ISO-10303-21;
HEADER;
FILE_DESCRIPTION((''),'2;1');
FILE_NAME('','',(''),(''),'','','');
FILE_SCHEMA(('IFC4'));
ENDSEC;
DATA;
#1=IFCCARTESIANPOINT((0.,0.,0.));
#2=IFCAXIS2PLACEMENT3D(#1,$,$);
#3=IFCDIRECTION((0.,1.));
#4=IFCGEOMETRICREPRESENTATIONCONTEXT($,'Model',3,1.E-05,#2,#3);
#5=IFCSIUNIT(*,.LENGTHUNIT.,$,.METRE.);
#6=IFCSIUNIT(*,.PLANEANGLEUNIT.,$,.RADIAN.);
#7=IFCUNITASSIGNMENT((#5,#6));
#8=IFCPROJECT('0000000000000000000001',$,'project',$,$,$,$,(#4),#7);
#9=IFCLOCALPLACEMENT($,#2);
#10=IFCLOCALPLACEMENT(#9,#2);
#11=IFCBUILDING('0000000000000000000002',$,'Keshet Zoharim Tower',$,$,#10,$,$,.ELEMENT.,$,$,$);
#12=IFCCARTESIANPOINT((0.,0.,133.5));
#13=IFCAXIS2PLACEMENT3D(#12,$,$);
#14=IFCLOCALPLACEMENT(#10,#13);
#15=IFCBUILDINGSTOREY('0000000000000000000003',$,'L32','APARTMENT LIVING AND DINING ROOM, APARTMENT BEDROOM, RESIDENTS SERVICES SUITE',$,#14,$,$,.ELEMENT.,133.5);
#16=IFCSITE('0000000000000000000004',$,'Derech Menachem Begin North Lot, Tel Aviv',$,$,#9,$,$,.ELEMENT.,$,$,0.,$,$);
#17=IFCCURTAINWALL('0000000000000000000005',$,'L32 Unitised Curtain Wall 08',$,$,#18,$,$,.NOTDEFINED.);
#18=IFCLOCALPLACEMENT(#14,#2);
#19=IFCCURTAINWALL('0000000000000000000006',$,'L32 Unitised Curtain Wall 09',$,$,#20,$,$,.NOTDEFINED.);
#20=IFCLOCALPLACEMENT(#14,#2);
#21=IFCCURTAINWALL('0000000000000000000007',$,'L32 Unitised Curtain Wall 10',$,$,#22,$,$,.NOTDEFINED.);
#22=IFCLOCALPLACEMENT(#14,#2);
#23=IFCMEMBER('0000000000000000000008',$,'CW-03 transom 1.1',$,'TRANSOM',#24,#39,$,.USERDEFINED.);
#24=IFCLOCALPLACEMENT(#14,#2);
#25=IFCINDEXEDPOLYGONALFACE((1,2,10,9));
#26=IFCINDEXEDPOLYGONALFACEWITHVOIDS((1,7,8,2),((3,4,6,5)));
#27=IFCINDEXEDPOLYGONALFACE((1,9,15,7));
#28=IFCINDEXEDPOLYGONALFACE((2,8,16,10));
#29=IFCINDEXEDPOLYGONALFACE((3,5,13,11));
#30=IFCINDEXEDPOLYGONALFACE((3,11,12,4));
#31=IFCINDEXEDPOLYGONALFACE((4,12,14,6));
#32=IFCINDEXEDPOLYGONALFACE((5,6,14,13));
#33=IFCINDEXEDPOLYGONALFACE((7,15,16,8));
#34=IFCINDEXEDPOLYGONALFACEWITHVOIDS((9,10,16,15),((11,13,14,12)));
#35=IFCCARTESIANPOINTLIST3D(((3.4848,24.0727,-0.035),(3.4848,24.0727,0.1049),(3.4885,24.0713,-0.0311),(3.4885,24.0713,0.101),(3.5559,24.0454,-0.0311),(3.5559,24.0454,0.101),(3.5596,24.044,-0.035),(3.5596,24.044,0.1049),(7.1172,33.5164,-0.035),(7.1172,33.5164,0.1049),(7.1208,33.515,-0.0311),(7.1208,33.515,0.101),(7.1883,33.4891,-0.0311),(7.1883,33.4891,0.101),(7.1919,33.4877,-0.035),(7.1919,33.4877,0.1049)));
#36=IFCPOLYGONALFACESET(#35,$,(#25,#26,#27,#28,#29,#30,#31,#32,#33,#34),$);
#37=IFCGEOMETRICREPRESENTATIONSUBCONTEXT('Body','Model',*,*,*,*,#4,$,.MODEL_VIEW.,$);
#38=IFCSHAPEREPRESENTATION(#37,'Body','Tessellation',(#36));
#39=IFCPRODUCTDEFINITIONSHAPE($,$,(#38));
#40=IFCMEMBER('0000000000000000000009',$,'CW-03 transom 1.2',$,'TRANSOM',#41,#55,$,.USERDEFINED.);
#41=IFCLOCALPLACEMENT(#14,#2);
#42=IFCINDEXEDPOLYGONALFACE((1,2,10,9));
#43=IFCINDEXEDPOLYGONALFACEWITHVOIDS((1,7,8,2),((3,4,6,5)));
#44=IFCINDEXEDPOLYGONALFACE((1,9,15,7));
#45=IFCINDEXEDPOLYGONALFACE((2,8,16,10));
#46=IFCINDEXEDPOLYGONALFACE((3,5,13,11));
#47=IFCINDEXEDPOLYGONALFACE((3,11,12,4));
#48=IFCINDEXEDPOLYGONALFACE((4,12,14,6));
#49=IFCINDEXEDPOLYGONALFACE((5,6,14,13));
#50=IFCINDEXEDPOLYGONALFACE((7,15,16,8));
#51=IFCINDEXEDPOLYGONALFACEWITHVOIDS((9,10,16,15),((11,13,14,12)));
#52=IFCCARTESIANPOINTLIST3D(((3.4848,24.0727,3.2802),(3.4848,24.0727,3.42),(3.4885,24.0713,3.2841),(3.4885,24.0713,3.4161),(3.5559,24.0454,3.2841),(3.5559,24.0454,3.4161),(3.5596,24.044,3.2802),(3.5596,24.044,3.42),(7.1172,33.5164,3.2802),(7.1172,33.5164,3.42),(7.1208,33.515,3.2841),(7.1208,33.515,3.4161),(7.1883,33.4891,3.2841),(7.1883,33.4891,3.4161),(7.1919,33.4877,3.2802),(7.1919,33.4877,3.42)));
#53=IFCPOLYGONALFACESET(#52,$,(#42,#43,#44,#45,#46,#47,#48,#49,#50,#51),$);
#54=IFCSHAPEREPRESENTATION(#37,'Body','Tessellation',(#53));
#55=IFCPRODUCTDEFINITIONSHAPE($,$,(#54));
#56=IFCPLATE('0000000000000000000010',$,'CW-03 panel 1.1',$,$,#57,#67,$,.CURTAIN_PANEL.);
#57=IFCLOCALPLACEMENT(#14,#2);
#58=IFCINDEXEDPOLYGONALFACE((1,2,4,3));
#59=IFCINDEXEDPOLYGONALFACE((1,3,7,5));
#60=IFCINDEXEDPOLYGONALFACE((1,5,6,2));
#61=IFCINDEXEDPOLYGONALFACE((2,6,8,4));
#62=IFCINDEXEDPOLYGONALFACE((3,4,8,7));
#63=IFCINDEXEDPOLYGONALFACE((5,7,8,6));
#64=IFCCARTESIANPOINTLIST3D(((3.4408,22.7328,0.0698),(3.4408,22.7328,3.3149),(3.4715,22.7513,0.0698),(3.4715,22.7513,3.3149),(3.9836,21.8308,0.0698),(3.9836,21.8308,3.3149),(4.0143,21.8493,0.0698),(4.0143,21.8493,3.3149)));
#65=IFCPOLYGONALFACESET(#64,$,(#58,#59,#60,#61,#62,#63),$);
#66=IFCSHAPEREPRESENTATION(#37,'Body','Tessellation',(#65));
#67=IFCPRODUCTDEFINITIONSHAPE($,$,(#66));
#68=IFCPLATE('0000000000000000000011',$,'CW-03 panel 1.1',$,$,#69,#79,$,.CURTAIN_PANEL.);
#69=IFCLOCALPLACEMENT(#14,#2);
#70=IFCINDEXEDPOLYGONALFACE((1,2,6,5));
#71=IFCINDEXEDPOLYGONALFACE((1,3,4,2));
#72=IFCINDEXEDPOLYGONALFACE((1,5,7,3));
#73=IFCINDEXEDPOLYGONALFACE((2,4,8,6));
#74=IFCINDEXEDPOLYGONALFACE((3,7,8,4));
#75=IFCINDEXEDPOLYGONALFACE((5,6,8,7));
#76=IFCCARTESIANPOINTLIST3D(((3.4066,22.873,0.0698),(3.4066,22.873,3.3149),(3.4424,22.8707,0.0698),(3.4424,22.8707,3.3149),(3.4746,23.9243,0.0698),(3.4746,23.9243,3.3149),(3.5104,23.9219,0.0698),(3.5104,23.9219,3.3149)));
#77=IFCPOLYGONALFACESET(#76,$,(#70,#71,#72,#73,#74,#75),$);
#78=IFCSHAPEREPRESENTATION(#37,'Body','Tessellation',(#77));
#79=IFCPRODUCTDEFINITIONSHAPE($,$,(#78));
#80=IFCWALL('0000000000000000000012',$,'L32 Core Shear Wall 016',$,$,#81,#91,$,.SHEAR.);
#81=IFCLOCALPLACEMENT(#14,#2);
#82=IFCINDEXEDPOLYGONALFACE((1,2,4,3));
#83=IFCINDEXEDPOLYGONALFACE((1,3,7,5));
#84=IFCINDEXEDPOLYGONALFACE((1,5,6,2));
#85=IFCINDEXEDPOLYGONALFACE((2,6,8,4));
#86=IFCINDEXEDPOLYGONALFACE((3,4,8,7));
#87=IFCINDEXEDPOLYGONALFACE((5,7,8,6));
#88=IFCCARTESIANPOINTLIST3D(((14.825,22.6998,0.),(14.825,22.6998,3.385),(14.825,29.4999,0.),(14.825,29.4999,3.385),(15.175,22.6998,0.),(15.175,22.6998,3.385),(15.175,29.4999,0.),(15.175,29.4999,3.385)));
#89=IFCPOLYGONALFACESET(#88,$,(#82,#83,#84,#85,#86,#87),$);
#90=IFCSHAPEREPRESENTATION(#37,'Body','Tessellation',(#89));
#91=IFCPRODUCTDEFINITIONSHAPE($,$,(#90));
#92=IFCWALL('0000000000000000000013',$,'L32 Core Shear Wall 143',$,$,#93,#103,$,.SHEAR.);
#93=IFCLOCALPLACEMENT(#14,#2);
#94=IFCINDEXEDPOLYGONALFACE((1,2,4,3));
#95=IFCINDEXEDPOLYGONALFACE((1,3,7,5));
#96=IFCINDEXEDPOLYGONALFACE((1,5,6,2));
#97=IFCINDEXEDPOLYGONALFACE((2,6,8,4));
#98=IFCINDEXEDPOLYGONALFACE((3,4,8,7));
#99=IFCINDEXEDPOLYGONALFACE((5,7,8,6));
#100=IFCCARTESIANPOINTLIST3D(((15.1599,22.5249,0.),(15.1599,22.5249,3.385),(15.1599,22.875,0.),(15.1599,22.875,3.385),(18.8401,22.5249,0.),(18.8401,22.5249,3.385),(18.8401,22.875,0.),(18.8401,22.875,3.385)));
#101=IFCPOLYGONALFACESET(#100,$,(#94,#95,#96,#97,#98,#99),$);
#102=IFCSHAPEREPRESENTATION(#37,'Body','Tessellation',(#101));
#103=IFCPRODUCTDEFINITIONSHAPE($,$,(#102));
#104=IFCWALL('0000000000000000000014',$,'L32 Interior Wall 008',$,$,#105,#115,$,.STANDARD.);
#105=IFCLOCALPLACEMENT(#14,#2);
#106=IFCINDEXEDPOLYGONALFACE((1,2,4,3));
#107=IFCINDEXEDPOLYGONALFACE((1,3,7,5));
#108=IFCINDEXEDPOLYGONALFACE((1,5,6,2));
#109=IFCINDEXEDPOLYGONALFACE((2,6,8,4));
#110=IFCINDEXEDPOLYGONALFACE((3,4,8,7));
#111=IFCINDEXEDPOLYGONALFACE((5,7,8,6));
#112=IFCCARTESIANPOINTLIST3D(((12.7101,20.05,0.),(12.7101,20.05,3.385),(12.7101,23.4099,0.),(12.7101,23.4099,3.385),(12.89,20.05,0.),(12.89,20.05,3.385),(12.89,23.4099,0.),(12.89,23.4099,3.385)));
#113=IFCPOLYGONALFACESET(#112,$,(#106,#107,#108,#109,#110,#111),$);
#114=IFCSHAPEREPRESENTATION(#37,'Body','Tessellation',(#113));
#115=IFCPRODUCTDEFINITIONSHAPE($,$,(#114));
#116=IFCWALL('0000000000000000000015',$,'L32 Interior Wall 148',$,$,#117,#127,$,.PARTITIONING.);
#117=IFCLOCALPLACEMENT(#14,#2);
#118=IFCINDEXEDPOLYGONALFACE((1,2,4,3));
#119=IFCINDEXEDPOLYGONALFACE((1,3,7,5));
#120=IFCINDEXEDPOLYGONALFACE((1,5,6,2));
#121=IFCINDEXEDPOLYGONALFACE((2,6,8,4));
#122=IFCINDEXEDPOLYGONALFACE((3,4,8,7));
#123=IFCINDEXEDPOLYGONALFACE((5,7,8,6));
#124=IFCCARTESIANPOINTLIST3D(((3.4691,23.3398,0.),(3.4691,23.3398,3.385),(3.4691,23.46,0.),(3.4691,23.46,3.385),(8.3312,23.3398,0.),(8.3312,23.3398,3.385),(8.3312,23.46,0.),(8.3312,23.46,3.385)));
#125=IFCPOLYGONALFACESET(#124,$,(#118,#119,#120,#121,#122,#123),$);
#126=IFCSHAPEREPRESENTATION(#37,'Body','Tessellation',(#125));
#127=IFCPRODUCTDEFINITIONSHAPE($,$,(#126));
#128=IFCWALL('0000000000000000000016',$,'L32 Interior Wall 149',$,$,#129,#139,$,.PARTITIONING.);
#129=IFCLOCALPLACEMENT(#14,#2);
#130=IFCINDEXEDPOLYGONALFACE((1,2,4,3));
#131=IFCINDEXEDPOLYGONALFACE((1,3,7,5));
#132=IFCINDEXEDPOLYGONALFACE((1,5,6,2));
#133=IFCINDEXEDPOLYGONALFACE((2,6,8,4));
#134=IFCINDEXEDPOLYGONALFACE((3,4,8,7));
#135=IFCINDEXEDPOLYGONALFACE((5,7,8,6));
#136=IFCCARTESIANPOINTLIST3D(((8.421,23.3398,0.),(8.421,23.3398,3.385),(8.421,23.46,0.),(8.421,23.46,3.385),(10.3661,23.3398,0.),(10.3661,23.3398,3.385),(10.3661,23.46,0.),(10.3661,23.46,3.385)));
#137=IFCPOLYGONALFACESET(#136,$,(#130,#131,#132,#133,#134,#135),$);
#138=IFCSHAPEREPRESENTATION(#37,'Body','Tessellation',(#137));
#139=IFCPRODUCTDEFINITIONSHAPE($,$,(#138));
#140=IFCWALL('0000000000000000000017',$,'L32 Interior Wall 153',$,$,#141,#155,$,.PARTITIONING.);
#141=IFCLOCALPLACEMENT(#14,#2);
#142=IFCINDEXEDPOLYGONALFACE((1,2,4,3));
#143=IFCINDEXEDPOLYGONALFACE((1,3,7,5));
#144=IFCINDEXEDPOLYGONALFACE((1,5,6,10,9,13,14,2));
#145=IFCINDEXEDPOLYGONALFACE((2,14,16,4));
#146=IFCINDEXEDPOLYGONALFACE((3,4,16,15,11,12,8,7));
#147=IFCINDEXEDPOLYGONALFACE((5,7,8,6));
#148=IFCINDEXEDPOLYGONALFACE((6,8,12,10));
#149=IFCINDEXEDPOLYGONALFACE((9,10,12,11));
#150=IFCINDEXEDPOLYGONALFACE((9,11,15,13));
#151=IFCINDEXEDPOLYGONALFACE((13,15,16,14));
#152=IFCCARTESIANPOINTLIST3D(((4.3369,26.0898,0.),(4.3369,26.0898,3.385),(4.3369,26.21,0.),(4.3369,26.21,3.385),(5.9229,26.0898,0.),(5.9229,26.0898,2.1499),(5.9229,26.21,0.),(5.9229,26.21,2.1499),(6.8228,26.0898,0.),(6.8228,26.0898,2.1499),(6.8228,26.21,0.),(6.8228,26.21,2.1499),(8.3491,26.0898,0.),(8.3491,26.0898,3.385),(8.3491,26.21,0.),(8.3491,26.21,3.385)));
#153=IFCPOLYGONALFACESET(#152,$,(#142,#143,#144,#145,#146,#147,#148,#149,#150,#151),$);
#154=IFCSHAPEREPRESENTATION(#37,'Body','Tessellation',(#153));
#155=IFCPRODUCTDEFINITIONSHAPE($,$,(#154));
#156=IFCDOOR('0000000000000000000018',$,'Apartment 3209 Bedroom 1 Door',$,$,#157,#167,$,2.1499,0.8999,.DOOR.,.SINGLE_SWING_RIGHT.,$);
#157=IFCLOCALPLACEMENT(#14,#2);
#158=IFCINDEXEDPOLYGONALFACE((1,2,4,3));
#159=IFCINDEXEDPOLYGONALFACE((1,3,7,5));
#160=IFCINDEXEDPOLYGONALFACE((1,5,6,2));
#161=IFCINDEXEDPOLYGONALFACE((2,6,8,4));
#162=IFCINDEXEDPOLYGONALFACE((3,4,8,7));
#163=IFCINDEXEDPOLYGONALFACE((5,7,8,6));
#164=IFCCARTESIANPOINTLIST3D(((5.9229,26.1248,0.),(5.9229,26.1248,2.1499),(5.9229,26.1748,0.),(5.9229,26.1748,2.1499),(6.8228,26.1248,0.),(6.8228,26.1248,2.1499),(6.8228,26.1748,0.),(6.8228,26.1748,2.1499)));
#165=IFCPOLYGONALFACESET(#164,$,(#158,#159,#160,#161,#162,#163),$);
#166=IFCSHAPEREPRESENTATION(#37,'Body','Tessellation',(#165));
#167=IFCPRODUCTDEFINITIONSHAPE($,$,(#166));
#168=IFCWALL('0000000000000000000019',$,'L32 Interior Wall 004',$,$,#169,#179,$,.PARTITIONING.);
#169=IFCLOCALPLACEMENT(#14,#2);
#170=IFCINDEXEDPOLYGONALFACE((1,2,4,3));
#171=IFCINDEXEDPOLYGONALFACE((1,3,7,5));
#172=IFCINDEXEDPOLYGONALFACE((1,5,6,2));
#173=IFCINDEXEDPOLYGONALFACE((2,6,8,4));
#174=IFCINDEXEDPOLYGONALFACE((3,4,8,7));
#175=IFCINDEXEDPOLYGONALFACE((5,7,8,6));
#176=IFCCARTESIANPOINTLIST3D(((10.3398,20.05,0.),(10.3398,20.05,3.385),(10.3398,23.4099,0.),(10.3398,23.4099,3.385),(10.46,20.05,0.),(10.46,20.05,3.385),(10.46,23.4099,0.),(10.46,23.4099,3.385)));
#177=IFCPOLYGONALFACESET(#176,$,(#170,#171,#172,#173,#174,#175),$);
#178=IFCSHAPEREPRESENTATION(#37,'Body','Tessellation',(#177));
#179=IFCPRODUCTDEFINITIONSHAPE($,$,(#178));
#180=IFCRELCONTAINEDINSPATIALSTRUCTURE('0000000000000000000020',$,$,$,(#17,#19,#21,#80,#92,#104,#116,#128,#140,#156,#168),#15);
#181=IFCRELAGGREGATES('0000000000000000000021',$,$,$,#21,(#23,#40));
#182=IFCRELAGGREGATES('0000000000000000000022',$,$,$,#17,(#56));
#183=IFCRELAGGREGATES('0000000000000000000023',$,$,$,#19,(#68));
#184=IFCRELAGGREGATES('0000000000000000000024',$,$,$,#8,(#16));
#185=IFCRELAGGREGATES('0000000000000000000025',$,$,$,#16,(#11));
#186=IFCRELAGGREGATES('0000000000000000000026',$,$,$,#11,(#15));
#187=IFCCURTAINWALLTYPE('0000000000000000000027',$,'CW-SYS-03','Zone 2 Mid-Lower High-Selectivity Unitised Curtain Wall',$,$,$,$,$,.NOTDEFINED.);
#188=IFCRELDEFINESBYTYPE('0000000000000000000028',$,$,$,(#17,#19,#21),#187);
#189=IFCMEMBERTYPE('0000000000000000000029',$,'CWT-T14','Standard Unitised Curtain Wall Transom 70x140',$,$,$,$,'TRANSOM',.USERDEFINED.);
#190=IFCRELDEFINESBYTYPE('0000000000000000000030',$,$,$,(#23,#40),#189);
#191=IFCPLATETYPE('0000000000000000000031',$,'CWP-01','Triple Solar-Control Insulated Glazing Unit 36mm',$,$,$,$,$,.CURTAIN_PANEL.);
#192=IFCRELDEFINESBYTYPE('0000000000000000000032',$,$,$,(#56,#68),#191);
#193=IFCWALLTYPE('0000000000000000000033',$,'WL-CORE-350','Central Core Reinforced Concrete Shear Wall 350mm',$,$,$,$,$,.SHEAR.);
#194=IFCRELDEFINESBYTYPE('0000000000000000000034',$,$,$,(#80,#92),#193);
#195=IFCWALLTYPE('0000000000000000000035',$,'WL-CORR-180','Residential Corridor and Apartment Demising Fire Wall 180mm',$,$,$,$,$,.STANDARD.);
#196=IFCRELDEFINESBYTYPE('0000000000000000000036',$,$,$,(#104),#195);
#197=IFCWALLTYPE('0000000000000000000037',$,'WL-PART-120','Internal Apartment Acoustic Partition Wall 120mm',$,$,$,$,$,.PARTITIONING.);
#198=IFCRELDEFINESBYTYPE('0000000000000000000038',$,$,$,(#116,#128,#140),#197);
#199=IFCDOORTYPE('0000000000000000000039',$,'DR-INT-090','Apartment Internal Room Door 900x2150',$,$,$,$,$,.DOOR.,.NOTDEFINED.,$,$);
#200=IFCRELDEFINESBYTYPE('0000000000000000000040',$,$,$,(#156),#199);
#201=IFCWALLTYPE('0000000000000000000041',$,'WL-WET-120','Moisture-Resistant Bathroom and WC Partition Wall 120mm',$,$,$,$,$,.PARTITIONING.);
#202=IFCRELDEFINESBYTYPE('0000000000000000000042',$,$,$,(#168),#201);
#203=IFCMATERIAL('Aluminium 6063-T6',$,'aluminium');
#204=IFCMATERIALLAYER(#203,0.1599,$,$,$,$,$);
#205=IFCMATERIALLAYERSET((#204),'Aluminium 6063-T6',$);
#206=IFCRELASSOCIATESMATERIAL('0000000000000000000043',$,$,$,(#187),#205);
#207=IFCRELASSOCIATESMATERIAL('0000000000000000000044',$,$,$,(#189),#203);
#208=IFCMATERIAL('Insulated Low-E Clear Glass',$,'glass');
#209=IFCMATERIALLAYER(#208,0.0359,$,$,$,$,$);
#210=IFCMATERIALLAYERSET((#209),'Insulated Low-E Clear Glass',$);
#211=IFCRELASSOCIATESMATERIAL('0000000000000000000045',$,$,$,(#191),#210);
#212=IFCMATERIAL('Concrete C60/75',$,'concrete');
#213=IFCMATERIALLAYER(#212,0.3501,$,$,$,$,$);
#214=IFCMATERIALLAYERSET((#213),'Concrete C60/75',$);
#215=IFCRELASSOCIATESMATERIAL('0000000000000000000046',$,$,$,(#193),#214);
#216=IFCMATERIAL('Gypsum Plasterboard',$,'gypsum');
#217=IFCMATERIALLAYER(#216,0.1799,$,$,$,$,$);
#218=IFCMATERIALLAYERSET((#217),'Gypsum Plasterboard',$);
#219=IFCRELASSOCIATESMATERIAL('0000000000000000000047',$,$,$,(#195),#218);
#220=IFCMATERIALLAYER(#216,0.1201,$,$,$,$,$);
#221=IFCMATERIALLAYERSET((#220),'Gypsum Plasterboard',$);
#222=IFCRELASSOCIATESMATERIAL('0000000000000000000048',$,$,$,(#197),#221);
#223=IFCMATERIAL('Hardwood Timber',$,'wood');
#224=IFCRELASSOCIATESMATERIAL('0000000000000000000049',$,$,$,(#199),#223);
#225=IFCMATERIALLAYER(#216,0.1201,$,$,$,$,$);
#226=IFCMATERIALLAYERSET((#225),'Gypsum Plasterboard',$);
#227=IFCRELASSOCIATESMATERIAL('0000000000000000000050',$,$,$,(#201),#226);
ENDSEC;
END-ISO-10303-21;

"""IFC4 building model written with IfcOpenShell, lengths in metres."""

from ifc_helpers import new_model, si_unit, direction, frame, frame_2d, origin, origin_2d, place, context, subcontext, project, spatial, rectangle, hollow_rectangle, extrude, material, layer, layer_set, material_profile, profile_set, type_object, element, fill, aggregate, save


model = new_model("IFC4")

# Units and contexts
model_context = context("Model", 3, precision=1e-05, world=origin(), true_north=direction((0.0, 1.0)))
body_context = subcontext(model_context, "Body", "Model", "MODEL_VIEW")
ifc_project = project(units=[si_unit("LENGTHUNIT", "METRE"), si_unit("PLANEANGLEUNIT", "RADIAN")], contexts=[model_context])

# Site, building, storey
site_placement = place(None, origin())
site = spatial("IfcSite", under=ifc_project, at=site_placement, Name="Derech Menachem Begin North Lot, Tel Aviv", CompositionType="ELEMENT", RefElevation=0.0)
building_placement = place(site_placement, origin())
building = spatial("IfcBuilding", under=site, at=building_placement, Name="Keshet Zoharim Tower", CompositionType="ELEMENT")
storey_placement = place(building_placement, frame((0.0, 0.0, 133.5)))
storey = spatial("IfcBuildingStorey", under=building, at=storey_placement, Name="L32", Description="APARTMENT LIVING AND DINING ROOM, APARTMENT BEDROOM, RESIDENTS SERVICES SUITE", CompositionType="ELEMENT", Elevation=133.5)

# Shared definitions
ifc_material_1 = material(Name="Concrete C60/75", Category="concrete")

# Shared definitions
ifc_material_2 = material(Name="Aluminium 6063-T6", Category="aluminium")
ifc_layer_1 = layer(ifc_material_2, 0.1599)
ifc_layer_set_1 = layer_set([ifc_layer_1], Name="Aluminium 6063-T6")
curtain_wall_type = type_object("IfcCurtainWallType", Name="CW-SYS-03", Description="Zone 2 Mid-Lower High-Selectivity Unitised Curtain Wall", PredefinedType="NOTDEFINED", material=ifc_layer_set_1)

# Curtain walls
curtain_wall_1_placement = place(storey_placement, origin())
curtain_wall_1 = element("IfcCurtainWall", 1, at=curtain_wall_1_placement, inside=storey, type_object=curtain_wall_type, Name="L32 Unitised Curtain Wall 08", PredefinedType="NOTDEFINED")
curtain_wall_2_placement = place(storey_placement, origin())
curtain_wall_2 = element("IfcCurtainWall", 2, at=curtain_wall_2_placement, inside=storey, type_object=curtain_wall_type, Name="L32 Unitised Curtain Wall 09", PredefinedType="NOTDEFINED")

# Curtain wall
curtain_wall_3_placement = place(storey_placement, origin())
curtain_wall_3 = element("IfcCurtainWall", 3, at=curtain_wall_3_placement, inside=storey, type_object=curtain_wall_type, Name="L32 Unitised Curtain Wall 10", PredefinedType="NOTDEFINED")

# Members
ifc_material_profile_1 = material_profile(ifc_material_2, hollow_rectangle(XDim=0.0801, YDim=0.1399, WallThickness=0.0039, at=origin_2d()), Name="TRN-80x140")
ifc_profile_set_1 = profile_set([ifc_material_profile_1], Name="Aluminium 6063-T6")
member_type_1 = type_object("IfcMemberType", Name="CWT-T14", Description="Standard Unitised Curtain Wall Transom 70x140", ElementType="TRANSOM", PredefinedType="USERDEFINED", material=ifc_profile_set_1)
member_1_placement = place(storey_placement, frame((3.5222, 24.0583, 0.0349), z_axis=(0.358994, 0.93334, 0.0), x_axis=(-0.93334, 0.358994, 0.0)))
member_1 = element("IfcMember", 4, at=member_1_placement, type_object=member_type_1, Name="CW-03 transom 1.1", ObjectType="TRANSOM", PredefinedType="USERDEFINED", context=body_context, shape_type="SweptSolid", body=[
    extrude(hollow_rectangle(XDim=0.0801, YDim=0.1399, WallThickness=0.0039, at=origin_2d()), origin(), (0.0, 0.0, 1.0), 10.1182),
])
member_2_placement = place(storey_placement, frame((3.5222, 24.0583, 3.3501), z_axis=(0.358994, 0.93334, 0.0), x_axis=(-0.93334, 0.358994, 0.0)))
member_2 = element("IfcMember", 5, at=member_2_placement, type_object=member_type_1, Name="CW-03 transom 1.2", ObjectType="TRANSOM", PredefinedType="USERDEFINED", context=body_context, shape_type="SweptSolid", body=[
    extrude(hollow_rectangle(XDim=0.0801, YDim=0.1399, WallThickness=0.0039, at=origin_2d()), origin(), (0.0, 0.0, 1.0), 10.1182),
])
aggregate(curtain_wall_3, [member_1, member_2])

# Plates
ifc_material_3 = material(Name="Insulated Low-E Clear Glass", Category="glass")
ifc_layer_2 = layer(ifc_material_3, 0.0359)
ifc_layer_set_2 = layer_set([ifc_layer_2], Name="Insulated Low-E Clear Glass")
plate_type = type_object("IfcPlateType", Name="CWP-01", Description="Triple Solar-Control Insulated Glazing Unit 36mm", PredefinedType="CURTAIN_PANEL", material=ifc_layer_set_2)
plate_1_placement = place(storey_placement, frame((3.7275, 22.291, 0.0698), z_axis=(0.0, 0.0, 1.0), x_axis=(-0.515605, 0.856826, 0.0)))
plate_1 = element("IfcPlate", 6, at=plate_1_placement, type_object=plate_type, Name="CW-03 panel 1.1", PredefinedType="CURTAIN_PANEL", context=body_context, shape_type="SweptSolid", body=[
    extrude(rectangle(XDim=1.0527, YDim=0.0359, at=origin_2d()), origin(), (0.0, 0.0, 1.0), 3.2451),
])
aggregate(curtain_wall_1, [plate_1])
plate_2_placement = place(storey_placement, frame((3.4585, 23.3975, 0.0698), z_axis=(0.0, 0.0, 1.0), x_axis=(0.064517, 0.997917, 0.0)))
plate_2 = element("IfcPlate", 7, at=plate_2_placement, type_object=plate_type, Name="CW-03 panel 1.1", PredefinedType="CURTAIN_PANEL", context=body_context, shape_type="SweptSolid", body=[
    extrude(rectangle(XDim=1.0535, YDim=0.0359, at=origin_2d()), origin(), (0.0, 0.0, 1.0), 3.2451),
])
aggregate(curtain_wall_2, [plate_2])

# Walls
ifc_layer_3 = layer(ifc_material_1, 0.3501)
ifc_layer_set_3 = layer_set([ifc_layer_3], Name="Concrete C60/75")
wall_type_1 = type_object("IfcWallType", Name="WL-CORE-350", Description="Central Core Reinforced Concrete Shear Wall 350mm", PredefinedType="SHEAR", material=ifc_layer_set_3)
wall_1_placement = place(storey_placement, frame((15.0, 22.7, 0.0), z_axis=(0.0, 0.0, 1.0), x_axis=(0.0, 1.0, 0.0)))
element("IfcWall", 8, at=wall_1_placement, inside=storey, type_object=wall_type_1, Name="L32 Core Shear Wall 016", PredefinedType="SHEAR", context=body_context, shape_type="SweptSolid", body=[
    extrude(rectangle(XDim=6.8, YDim=0.3501, at=frame_2d((3.3999, 0.0))), origin(), (0.0, 0.0, 1.0), 3.385),
])
wall_2_placement = place(storey_placement, frame((15.1599, 22.7, 0.0), z_axis=(0.0, 0.0, 1.0), x_axis=(1.0, 0.0, 0.0)))
element("IfcWall", 9, at=wall_2_placement, inside=storey, type_object=wall_type_1, Name="L32 Core Shear Wall 143", PredefinedType="SHEAR", context=body_context, shape_type="SweptSolid", body=[
    extrude(rectangle(XDim=3.6802, YDim=0.3501, at=frame_2d((1.8401, 0.0))), origin(), (0.0, 0.0, 1.0), 3.385),
])
ifc_material_4 = material(Name="Gypsum Plasterboard", Category="gypsum")
ifc_layer_4 = layer(ifc_material_4, 0.1799)
ifc_layer_set_4 = layer_set([ifc_layer_4], Name="Gypsum Plasterboard")
wall_type_2 = type_object("IfcWallType", Name="WL-CORR-180", Description="Residential Corridor and Apartment Demising Fire Wall 180mm", PredefinedType="STANDARD", material=ifc_layer_set_4)
wall_3_placement = place(storey_placement, frame((12.8, 20.05, 0.0), z_axis=(0.0, 0.0, 1.0), x_axis=(0.0, 1.0, 0.0)))
element("IfcWall", 10, at=wall_3_placement, inside=storey, type_object=wall_type_2, Name="L32 Interior Wall 008", PredefinedType="STANDARD", context=body_context, shape_type="SweptSolid", body=[
    extrude(rectangle(XDim=3.3599, YDim=0.1799, at=frame_2d((1.6799, 0.0))), origin(), (0.0, 0.0, 1.0), 3.385),
])

# Shared definitions
ifc_material_5 = material(Name="Hardwood Timber", Category="wood")
ifc_layer_5 = layer(ifc_material_4, 0.1201)
ifc_layer_set_5 = layer_set([ifc_layer_5], Name="Gypsum Plasterboard")
wall_type_3 = type_object("IfcWallType", Name="WL-PART-120", Description="Internal Apartment Acoustic Partition Wall 120mm", PredefinedType="PARTITIONING", material=ifc_layer_set_5)
door_type_1 = type_object("IfcDoorType", Name="DR-INT-090", Description="Apartment Internal Room Door 900x2150", OperationType="NOTDEFINED", PredefinedType="DOOR", material=ifc_material_5)

# Walls
wall_4_placement = place(storey_placement, frame((3.469, 23.3999, 0.0), z_axis=(0.0, 0.0, 1.0), x_axis=(1.0, 0.0, 0.0)))
element("IfcWall", 11, at=wall_4_placement, inside=storey, type_object=wall_type_3, Name="L32 Interior Wall 148", PredefinedType="PARTITIONING", context=body_context, shape_type="SweptSolid", body=[
    extrude(rectangle(XDim=4.8621, YDim=0.1201, at=frame_2d((2.4312, 0.0))), origin(), (0.0, 0.0, 1.0), 3.385),
])
wall_5_placement = place(storey_placement, frame((8.4209, 23.3999, 0.0), z_axis=(0.0, 0.0, 1.0), x_axis=(1.0, 0.0, 0.0)))
element("IfcWall", 12, at=wall_5_placement, inside=storey, type_object=wall_type_3, Name="L32 Interior Wall 149", PredefinedType="PARTITIONING", context=body_context, shape_type="SweptSolid", body=[
    extrude(rectangle(XDim=1.9451, YDim=0.1201, at=frame_2d((0.9727, 0.0))), origin(), (0.0, 0.0, 1.0), 3.385),
])

# Wall, opening, door
wall_6_placement = place(storey_placement, frame((4.3369, 26.1499, 0.0), z_axis=(0.0, 0.0, 1.0), x_axis=(1.0, 0.0, 0.0)))
wall_6 = element("IfcWall", 13, at=wall_6_placement, inside=storey, type_object=wall_type_3, Name="L32 Interior Wall 153", PredefinedType="PARTITIONING", context=body_context, shape_type="SweptSolid", body=[
    extrude(rectangle(XDim=4.0122, YDim=0.1201, at=frame_2d((2.0061, 0.0))), origin(), (0.0, 0.0, 1.0), 3.385),
])
opening_1_placement = place(wall_6_placement, frame((1.5859, 0.0, 0.0)))
opening_1 = element("IfcOpeningElement", 14, at=opening_1_placement, cuts=wall_6, PredefinedType="OPENING", context=body_context, shape_type="SweptSolid", body=[
    extrude(rectangle(XDim=0.8999, YDim=2.1499, at=frame_2d((0.45, 1.075))), frame((0.0, 0.0701, 0.0), z_axis=(0.0, -1.0, 0.0), x_axis=(1.0, 0.0, 0.0)), (0.0, 0.0, 1.0), 0.1401),
])
door_1_placement = place(opening_1_placement, origin())
door_1 = element("IfcDoor", 15, at=door_1_placement, inside=storey, type_object=door_type_1, Name="Apartment 3209 Bedroom 1 Door", OperationType="SINGLE_SWING_RIGHT", OverallHeight=2.1499, OverallWidth=0.8999, PredefinedType="DOOR", context=body_context, shape_type="SweptSolid", body=[
    extrude(rectangle(XDim=0.8999, YDim=2.1499, at=frame_2d((0.45, 1.075))), frame((0.0, 0.0249, 0.0), z_axis=(0.0, -1.0, 0.0), x_axis=(1.0, 0.0, 0.0)), (0.0, 0.0, 1.0), 0.05),
])
fill(opening_1, door_1)

# Wall
ifc_layer_6 = layer(ifc_material_4, 0.1201)
ifc_layer_set_6 = layer_set([ifc_layer_6], Name="Gypsum Plasterboard")
wall_type_4 = type_object("IfcWallType", Name="WL-WET-120", Description="Moisture-Resistant Bathroom and WC Partition Wall 120mm", PredefinedType="PARTITIONING", material=ifc_layer_set_6)
wall_7_placement = place(storey_placement, frame((10.3999, 20.05, 0.0), z_axis=(0.0, 0.0, 1.0), x_axis=(0.0, 1.0, 0.0)))
element("IfcWall", 16, at=wall_7_placement, inside=storey, type_object=wall_type_4, Name="L32 Interior Wall 004", PredefinedType="PARTITIONING", context=body_context, shape_type="SweptSolid", body=[
    extrude(rectangle(XDim=3.3599, YDim=0.1201, at=frame_2d((1.6799, 0.0))), origin(), (0.0, 0.0, 1.0), 3.385),
])

save(model, "model.ifc")
